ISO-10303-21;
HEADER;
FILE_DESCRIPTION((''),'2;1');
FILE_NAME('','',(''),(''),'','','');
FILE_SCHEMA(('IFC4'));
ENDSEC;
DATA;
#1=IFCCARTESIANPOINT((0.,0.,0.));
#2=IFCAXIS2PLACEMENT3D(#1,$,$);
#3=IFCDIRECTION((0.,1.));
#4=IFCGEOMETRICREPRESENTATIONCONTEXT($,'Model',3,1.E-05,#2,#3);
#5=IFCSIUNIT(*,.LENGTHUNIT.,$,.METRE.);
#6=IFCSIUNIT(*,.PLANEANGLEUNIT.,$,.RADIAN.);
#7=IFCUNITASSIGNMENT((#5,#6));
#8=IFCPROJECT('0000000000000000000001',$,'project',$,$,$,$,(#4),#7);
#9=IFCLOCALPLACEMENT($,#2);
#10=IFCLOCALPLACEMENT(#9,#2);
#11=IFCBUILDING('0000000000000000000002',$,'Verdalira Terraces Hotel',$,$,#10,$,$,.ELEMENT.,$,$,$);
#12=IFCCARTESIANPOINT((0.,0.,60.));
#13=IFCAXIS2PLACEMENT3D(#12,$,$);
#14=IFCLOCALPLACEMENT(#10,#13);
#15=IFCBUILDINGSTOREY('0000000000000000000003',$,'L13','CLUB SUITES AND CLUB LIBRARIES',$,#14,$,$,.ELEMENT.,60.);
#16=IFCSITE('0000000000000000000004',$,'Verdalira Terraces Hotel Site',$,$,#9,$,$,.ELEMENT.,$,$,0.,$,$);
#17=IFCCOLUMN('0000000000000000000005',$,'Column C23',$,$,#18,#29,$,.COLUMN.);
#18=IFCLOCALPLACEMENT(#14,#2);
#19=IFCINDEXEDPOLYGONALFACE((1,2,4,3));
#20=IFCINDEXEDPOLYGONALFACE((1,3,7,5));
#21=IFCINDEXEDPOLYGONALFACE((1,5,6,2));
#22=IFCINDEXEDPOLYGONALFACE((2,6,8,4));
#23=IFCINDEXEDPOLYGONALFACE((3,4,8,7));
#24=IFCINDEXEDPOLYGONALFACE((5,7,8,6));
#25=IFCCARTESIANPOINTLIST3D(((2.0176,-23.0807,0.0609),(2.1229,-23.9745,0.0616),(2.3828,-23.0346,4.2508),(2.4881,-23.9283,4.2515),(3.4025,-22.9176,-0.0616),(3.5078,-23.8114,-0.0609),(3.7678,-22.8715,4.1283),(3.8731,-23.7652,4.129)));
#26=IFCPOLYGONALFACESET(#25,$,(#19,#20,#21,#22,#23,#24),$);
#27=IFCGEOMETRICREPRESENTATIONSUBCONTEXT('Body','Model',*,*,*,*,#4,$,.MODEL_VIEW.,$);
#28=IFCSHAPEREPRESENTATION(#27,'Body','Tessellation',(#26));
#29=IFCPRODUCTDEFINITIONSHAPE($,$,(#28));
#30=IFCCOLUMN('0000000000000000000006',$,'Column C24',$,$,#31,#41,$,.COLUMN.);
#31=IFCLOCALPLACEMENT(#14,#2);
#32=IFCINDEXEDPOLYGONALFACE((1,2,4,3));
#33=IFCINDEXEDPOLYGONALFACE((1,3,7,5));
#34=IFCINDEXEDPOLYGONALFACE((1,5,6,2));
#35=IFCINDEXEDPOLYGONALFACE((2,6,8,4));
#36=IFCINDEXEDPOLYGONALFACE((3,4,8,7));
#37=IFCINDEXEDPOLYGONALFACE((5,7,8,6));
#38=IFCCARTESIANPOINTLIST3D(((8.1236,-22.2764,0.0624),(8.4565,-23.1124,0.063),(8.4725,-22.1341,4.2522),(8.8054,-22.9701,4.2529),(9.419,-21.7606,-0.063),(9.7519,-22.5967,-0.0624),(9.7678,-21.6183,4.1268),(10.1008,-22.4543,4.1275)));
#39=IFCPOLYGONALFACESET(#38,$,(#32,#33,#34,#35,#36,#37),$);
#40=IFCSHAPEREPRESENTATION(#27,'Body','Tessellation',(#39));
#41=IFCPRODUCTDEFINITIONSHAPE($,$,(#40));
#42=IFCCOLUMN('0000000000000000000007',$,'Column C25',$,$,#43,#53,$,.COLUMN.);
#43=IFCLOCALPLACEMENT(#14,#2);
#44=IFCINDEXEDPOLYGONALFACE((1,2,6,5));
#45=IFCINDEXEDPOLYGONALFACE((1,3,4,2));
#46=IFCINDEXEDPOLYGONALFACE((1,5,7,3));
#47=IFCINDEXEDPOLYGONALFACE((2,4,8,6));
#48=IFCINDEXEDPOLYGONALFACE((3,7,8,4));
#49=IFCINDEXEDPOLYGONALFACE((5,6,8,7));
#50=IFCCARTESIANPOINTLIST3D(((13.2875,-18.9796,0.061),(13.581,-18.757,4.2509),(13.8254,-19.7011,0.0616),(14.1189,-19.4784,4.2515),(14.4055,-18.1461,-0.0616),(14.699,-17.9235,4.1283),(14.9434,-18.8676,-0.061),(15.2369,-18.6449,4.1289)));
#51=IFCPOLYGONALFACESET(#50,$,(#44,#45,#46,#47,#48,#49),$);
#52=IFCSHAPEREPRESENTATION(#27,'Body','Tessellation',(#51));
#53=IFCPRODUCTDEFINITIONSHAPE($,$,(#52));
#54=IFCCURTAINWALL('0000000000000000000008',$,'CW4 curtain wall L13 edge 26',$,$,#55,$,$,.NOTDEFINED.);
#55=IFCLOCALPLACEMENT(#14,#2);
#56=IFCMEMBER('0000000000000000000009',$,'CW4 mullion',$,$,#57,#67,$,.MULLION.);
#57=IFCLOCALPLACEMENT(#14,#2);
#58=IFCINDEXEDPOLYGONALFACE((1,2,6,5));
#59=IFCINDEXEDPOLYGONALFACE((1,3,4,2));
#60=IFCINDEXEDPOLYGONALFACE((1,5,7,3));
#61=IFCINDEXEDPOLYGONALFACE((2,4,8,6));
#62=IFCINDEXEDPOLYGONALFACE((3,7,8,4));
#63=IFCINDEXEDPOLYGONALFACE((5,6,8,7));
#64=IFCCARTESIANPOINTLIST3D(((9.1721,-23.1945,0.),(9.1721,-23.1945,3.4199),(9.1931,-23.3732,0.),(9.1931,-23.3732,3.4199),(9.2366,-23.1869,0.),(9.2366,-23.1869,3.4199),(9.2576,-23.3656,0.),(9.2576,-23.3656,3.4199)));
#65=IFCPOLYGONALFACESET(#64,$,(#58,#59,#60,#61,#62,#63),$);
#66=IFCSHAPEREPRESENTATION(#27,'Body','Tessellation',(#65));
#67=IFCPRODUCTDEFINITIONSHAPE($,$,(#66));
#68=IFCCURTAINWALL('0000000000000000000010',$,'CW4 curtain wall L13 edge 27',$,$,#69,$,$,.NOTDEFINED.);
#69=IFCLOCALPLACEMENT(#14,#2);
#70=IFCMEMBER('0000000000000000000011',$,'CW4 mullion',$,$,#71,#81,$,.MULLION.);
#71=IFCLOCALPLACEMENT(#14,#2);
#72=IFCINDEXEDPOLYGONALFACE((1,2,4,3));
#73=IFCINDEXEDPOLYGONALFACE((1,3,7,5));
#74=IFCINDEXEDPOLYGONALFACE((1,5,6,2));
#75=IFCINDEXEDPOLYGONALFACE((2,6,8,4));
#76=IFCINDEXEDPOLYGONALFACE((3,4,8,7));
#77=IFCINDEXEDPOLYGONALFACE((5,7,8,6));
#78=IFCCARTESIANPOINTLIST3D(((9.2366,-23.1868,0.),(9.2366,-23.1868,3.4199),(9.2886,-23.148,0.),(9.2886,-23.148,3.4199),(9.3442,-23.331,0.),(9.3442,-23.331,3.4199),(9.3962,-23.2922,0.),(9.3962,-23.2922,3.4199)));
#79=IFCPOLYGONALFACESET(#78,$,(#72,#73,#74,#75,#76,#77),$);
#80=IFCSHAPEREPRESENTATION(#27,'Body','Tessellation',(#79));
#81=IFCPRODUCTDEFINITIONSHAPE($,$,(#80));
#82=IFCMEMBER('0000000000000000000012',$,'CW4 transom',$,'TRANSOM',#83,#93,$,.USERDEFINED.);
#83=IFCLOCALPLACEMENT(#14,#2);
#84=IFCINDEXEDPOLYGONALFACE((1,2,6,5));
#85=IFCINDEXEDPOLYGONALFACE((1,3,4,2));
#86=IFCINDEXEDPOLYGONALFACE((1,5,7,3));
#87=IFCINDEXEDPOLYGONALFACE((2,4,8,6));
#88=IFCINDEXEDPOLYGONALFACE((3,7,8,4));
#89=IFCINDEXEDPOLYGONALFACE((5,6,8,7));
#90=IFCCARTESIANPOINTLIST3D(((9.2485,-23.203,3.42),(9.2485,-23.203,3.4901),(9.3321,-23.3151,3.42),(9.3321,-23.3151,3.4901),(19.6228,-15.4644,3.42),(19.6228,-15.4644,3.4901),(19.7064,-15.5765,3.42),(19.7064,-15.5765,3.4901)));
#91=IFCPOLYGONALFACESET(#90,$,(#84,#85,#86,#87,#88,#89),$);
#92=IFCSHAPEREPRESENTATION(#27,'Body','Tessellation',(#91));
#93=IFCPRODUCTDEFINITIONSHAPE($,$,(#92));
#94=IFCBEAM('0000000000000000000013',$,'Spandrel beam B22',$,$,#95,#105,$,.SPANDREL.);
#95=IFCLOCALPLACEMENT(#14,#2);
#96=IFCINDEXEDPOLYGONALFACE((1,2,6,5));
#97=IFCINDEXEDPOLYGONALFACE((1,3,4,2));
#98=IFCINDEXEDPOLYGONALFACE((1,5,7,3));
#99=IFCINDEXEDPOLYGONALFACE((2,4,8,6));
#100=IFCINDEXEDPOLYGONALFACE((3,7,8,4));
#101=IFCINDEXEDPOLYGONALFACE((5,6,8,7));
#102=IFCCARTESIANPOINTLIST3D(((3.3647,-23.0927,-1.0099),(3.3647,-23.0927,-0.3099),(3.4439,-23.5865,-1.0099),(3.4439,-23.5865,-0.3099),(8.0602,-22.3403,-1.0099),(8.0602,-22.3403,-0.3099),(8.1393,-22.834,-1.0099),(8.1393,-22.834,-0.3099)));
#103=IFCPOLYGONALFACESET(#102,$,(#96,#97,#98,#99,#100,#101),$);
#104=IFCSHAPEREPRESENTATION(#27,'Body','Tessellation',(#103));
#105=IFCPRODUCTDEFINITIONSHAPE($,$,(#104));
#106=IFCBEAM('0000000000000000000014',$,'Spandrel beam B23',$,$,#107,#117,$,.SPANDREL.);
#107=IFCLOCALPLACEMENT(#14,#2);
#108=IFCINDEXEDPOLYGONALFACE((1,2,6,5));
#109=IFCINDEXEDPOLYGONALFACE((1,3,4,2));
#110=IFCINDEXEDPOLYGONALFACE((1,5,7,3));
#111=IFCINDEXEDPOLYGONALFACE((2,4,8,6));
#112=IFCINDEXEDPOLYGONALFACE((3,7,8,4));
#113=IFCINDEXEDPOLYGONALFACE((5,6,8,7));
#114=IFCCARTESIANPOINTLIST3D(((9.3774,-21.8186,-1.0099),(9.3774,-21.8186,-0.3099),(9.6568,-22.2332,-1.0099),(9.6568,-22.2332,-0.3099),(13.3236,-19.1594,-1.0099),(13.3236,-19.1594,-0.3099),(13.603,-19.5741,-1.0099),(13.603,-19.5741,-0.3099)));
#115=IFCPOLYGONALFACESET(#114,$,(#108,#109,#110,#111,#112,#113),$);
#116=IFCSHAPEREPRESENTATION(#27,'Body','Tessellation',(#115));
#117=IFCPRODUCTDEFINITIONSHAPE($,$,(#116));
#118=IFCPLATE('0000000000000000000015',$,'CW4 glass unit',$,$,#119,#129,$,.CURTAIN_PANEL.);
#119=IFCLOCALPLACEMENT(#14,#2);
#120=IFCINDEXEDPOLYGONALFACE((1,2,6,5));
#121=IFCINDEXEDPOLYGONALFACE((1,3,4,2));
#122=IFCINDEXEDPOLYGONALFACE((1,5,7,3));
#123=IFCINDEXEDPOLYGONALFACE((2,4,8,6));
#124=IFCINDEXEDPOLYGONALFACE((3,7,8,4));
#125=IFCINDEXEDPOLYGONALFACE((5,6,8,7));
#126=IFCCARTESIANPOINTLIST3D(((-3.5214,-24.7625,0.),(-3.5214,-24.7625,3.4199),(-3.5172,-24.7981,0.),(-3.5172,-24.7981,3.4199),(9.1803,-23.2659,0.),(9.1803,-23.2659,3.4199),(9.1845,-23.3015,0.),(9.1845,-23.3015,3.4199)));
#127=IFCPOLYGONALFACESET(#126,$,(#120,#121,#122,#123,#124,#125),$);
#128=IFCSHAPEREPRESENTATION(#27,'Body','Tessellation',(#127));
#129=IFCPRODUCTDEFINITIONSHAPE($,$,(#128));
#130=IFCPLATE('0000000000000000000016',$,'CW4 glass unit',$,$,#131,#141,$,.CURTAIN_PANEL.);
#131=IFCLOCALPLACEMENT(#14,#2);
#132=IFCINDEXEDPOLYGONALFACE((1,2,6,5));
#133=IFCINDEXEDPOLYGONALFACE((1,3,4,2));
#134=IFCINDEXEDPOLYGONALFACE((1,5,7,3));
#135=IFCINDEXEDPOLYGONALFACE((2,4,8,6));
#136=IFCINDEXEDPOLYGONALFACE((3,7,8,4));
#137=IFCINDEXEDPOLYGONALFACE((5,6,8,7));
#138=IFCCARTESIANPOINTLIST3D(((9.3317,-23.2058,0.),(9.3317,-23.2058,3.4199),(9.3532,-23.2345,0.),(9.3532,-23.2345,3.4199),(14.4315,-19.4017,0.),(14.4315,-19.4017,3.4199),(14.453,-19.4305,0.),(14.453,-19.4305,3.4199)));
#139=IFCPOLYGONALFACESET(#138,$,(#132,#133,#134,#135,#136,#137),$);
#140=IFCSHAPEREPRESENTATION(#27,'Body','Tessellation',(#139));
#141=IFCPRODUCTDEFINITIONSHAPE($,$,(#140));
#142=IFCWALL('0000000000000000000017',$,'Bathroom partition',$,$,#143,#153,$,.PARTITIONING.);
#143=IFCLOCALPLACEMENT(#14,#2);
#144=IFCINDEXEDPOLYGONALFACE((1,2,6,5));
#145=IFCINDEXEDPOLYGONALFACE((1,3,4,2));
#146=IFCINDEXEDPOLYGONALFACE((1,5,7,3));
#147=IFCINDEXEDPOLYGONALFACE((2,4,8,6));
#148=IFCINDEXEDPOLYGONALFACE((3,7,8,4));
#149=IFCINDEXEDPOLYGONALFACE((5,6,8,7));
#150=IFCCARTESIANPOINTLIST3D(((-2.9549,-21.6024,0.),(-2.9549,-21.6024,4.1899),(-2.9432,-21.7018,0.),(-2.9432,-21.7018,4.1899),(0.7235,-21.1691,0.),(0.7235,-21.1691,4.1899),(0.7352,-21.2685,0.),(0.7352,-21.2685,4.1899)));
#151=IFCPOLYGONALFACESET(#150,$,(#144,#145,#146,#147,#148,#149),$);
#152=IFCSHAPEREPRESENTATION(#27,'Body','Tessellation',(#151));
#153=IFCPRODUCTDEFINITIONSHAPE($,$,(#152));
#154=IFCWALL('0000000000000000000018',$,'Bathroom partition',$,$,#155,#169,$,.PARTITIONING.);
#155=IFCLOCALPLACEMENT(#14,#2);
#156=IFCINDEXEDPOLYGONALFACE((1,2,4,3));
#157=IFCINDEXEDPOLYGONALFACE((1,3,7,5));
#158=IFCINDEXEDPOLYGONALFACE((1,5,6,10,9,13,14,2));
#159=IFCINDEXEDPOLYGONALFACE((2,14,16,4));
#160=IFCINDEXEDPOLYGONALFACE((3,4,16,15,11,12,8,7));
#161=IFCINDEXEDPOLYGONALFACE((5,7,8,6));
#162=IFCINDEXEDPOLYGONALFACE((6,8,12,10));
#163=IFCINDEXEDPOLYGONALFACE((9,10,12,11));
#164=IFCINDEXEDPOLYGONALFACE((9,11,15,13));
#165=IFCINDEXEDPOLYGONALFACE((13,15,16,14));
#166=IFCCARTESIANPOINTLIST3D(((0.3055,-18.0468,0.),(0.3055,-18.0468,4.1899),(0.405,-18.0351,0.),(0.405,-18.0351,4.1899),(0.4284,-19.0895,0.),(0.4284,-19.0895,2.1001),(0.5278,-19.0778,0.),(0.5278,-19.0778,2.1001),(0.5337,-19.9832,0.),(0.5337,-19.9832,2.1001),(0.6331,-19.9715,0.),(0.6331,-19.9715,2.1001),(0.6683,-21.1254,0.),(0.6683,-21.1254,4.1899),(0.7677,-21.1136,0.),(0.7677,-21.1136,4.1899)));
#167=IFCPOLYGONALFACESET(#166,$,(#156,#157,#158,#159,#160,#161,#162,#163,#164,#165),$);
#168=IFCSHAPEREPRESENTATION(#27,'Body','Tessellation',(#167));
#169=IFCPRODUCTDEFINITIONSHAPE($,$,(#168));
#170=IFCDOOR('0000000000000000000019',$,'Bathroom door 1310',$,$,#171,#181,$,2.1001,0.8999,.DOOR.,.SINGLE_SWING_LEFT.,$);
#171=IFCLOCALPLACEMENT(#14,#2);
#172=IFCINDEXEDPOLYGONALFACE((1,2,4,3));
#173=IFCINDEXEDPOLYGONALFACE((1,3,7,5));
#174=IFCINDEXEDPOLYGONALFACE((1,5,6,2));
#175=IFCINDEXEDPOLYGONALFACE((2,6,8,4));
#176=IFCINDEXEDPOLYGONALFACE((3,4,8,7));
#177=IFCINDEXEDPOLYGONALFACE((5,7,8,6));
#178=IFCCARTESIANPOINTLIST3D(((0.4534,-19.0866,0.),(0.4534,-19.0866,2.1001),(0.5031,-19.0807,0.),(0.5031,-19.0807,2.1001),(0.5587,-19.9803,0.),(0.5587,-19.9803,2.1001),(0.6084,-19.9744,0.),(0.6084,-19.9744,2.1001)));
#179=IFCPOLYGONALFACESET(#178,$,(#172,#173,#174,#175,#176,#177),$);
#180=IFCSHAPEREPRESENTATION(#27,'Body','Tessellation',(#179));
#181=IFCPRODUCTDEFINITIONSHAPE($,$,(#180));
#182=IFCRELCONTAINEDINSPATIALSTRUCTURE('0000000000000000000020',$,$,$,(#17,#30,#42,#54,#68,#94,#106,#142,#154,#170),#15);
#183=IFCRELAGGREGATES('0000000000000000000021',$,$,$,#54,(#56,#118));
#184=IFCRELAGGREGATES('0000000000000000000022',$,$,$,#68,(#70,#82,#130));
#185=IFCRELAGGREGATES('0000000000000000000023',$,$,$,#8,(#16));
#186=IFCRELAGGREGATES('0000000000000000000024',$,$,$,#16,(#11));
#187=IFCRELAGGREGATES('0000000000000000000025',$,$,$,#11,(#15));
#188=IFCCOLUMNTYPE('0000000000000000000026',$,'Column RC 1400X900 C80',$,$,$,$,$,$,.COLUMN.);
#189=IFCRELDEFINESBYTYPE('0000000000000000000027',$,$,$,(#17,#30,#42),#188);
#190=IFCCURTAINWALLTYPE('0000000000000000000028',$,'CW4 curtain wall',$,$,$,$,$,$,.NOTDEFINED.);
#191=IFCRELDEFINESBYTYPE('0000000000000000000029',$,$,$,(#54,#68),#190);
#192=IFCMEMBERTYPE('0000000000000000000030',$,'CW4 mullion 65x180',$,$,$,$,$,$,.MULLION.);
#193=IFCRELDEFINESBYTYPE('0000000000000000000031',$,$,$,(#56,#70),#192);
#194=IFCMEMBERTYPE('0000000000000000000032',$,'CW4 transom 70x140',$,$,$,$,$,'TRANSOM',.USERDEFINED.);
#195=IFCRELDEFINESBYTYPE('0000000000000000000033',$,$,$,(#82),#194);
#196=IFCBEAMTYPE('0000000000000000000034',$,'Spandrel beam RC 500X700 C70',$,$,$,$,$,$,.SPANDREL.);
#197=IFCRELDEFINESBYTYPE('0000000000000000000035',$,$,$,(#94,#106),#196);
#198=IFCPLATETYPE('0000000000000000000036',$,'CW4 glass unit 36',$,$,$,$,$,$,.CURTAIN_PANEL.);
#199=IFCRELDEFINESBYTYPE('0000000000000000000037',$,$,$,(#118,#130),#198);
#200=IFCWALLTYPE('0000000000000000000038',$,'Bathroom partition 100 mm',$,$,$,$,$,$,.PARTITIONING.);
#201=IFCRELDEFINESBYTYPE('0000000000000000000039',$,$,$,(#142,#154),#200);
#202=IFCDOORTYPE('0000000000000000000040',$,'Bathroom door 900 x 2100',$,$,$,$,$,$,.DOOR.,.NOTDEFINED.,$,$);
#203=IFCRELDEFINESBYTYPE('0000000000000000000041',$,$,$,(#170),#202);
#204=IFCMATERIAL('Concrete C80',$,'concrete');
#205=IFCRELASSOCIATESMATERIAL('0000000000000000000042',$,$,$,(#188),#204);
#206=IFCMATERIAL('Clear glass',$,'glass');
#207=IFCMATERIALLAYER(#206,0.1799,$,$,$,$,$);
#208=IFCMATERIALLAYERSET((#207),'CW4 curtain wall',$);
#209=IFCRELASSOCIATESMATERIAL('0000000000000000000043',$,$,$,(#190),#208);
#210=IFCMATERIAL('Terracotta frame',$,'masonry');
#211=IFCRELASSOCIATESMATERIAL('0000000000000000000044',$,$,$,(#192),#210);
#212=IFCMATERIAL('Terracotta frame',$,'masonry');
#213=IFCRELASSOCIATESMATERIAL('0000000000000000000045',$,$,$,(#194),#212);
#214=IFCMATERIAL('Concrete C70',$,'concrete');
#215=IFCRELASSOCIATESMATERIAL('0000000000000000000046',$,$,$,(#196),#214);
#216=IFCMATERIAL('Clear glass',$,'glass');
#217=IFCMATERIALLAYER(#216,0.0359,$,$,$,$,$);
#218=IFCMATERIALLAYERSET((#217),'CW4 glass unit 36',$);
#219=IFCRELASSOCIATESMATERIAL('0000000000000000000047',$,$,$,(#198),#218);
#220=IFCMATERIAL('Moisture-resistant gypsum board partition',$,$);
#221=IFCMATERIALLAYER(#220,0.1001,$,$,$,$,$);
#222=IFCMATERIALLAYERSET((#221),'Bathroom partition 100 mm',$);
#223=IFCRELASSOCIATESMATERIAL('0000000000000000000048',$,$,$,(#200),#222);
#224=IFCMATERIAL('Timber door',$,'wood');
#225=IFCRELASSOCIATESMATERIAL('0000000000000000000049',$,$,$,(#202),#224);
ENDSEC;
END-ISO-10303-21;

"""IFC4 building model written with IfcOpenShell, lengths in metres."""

from ifc_helpers import new_model, si_unit, direction, frame, frame_2d, origin, origin_2d, place, context, subcontext, project, spatial, rectangle, extrude, material, layer, layer_set, material_profile, profile_set, type_object, element, fill, aggregate, save


model = new_model("IFC4")

# Units and contexts
model_context = context("Model", 3, precision=1e-05, world=origin(), true_north=direction((0.0, 1.0)))
body_context = subcontext(model_context, "Body", "Model", "MODEL_VIEW")
ifc_project = project(units=[si_unit("LENGTHUNIT", "METRE"), si_unit("PLANEANGLEUNIT", "RADIAN")], contexts=[model_context])

# Site, building, storey
site_placement = place(None, origin())
site = spatial("IfcSite", under=ifc_project, at=site_placement, Name="Verdalira Terraces Hotel Site", CompositionType="ELEMENT", RefElevation=0.0)
building_placement = place(site_placement, origin())
building = spatial("IfcBuilding", under=site, at=building_placement, Name="Verdalira Terraces Hotel", CompositionType="ELEMENT")
storey_placement = place(building_placement, frame((0.0, 0.0, 60.0)))
storey = spatial("IfcBuildingStorey", under=building, at=storey_placement, Name="L13", Description="CLUB SUITES AND CLUB LIBRARIES", CompositionType="ELEMENT", Elevation=60.0)

# Columns
ifc_material_1 = material(Name="Concrete C80", Category="concrete")
ifc_material_profile_1 = material_profile(ifc_material_1, rectangle(XDim=1.3999, YDim=0.8999, at=origin_2d()), Name="RC 1400X900")
ifc_profile_set_1 = profile_set([ifc_material_profile_1], Name="Concrete C80")
column_type = type_object("IfcColumnType", Name="Column RC 1400X900 C80", PredefinedType="COLUMN", material=ifc_profile_set_1)
column_1_placement = place(storey_placement, frame((2.7627, -23.446, 0.0), z_axis=(0.086835, 0.01097, 0.996162), x_axis=(0.989326, 0.116511, -0.087522)))
element("IfcColumn", 1, at=column_1_placement, inside=storey, type_object=column_type, Name="Column C23", PredefinedType="COLUMN", context=body_context, shape_type="SweptSolid", body=[
    extrude(rectangle(XDim=1.3999, YDim=0.8999, at=origin_2d()), origin(), (0.0, 0.0, 1.0), 4.2061),
])
column_2_placement = place(storey_placement, frame((8.9377, -22.4365, 0.0), z_axis=(0.082931, 0.033834, 0.995981), x_axis=(-0.925331, -0.368431, 0.089564)))
element("IfcColumn", 2, at=column_2_placement, inside=storey, type_object=column_type, Name="Column C24", PredefinedType="COLUMN", context=body_context, shape_type="SweptSolid", body=[
    extrude(rectangle(XDim=1.3999, YDim=0.8999, at=origin_2d()), origin(), (0.0, 0.0, 1.0), 4.2068),
])
column_3_placement = place(storey_placement, frame((14.1155, -18.9236, 0.0), z_axis=(0.069769, 0.052936, 0.996158), x_axis=(0.798642, 0.5954, -0.087576)))
element("IfcColumn", 3, at=column_3_placement, inside=storey, type_object=column_type, Name="Column C25", PredefinedType="COLUMN", context=body_context, shape_type="SweptSolid", body=[
    extrude(rectangle(XDim=1.3999, YDim=0.8999, at=origin_2d()), origin(), (0.0, 0.0, 1.0), 4.2061),
])

# Curtain wall, member
ifc_material_2 = material(Name="Clear glass", Category="glass")
ifc_layer_1 = layer(ifc_material_2, 0.1799)
ifc_layer_set_1 = layer_set([ifc_layer_1], Name="CW4 curtain wall")
curtain_wall_type = type_object("IfcCurtainWallType", Name="CW4 curtain wall", PredefinedType="NOTDEFINED", material=ifc_layer_set_1)
curtain_wall_1_placement = place(storey_placement, origin())
curtain_wall_1 = element("IfcCurtainWall", 4, at=curtain_wall_1_placement, inside=storey, type_object=curtain_wall_type, Name="CW4 curtain wall L13 edge 26", PredefinedType="NOTDEFINED")
ifc_material_3 = material(Name="Terracotta frame", Category="masonry")
ifc_material_profile_2 = material_profile(ifc_material_3, rectangle(XDim=0.0649, YDim=0.1799, at=origin_2d()), Name="MU 65x180")
ifc_profile_set_2 = profile_set([ifc_material_profile_2], Name="Terracotta frame")
member_type_1 = type_object("IfcMemberType", Name="CW4 mullion 65x180", PredefinedType="MULLION", material=ifc_profile_set_2)
member_1_placement = place(storey_placement, frame((9.2148, -23.28, 0.0), z_axis=(0.0, 0.0, 1.0), x_axis=(0.99313, 0.117017, 0.0)))
member_1 = element("IfcMember", 5, at=member_1_placement, type_object=member_type_1, Name="CW4 mullion", PredefinedType="MULLION", context=body_context, shape_type="SweptSolid", body=[
    extrude(rectangle(XDim=0.0649, YDim=0.1799, at=origin_2d()), origin(), (0.0, 0.0, 1.0), 3.4199),
])

# Curtain wall, members
curtain_wall_2_placement = place(storey_placement, origin())
curtain_wall_2 = element("IfcCurtainWall", 6, at=curtain_wall_2_placement, inside=storey, type_object=curtain_wall_type, Name="CW4 curtain wall L13 edge 27", PredefinedType="NOTDEFINED")
member_2_placement = place(storey_placement, frame((9.3164, -23.2395, 0.0), z_axis=(0.0, 0.0, 1.0), x_axis=(0.801567, 0.597905, 0.0)))
member_2 = element("IfcMember", 7, at=member_2_placement, type_object=member_type_1, Name="CW4 mullion", PredefinedType="MULLION", context=body_context, shape_type="SweptSolid", body=[
    extrude(rectangle(XDim=0.0649, YDim=0.1799, at=origin_2d()), origin(), (0.0, 0.0, 1.0), 3.4199),
])
ifc_material_4 = material(Name="Terracotta frame", Category="masonry")
ifc_material_profile_3 = material_profile(ifc_material_4, rectangle(XDim=0.1399, YDim=0.0701, at=origin_2d()), Name="TR 70x140")
ifc_profile_set_3 = profile_set([ifc_material_profile_3], Name="Terracotta frame")
member_type_2 = type_object("IfcMemberType", Name="CW4 transom 70x140", ElementType="TRANSOM", PredefinedType="USERDEFINED", material=ifc_profile_set_3)
member_3_placement = place(storey_placement, frame((9.2903, -23.259, 3.4551), z_axis=(0.801561, 0.597912, 0.0), x_axis=(-0.597912, 0.801561, 0.0)))
member_3 = element("IfcMember", 8, at=member_3_placement, type_object=member_type_2, Name="CW4 transom", ObjectType="TRANSOM", PredefinedType="USERDEFINED", context=body_context, shape_type="SweptSolid", body=[
    extrude(rectangle(XDim=0.1399, YDim=0.0701, at=origin_2d()), origin(), (0.0, 0.0, 1.0), 12.9426),
])

# Beams
ifc_material_5 = material(Name="Concrete C70", Category="concrete")
ifc_material_profile_4 = material_profile(ifc_material_5, rectangle(XDim=0.5, YDim=0.7, at=origin_2d()), Name="RC 500X700")
ifc_profile_set_4 = profile_set([ifc_material_profile_4], Name="Concrete C70")
beam_type = type_object("IfcBeamType", Name="Spandrel beam RC 500X700 C70", PredefinedType="SPANDREL", material=ifc_profile_set_4)
beam_1_placement = place(storey_placement, frame((3.4043, -23.3396, -0.6599), z_axis=(0.987403, 0.158227, 0.0), x_axis=(-0.158227, 0.987403, 0.0)))
element("IfcBeam", 9, at=beam_1_placement, inside=storey, type_object=beam_type, Name="Spandrel beam B22", PredefinedType="SPANDREL", context=body_context, shape_type="SweptSolid", body=[
    extrude(rectangle(XDim=0.5, YDim=0.7, at=origin_2d()), origin(), (0.0, 0.0, 1.0), 4.7554),
])
beam_2_placement = place(storey_placement, frame((9.5171, -22.0259, -0.6599), z_axis=(0.829293, 0.558814, 0.0), x_axis=(-0.558814, 0.829293, 0.0)))
element("IfcBeam", 10, at=beam_2_placement, inside=storey, type_object=beam_type, Name="Spandrel beam B23", PredefinedType="SPANDREL", context=body_context, shape_type="SweptSolid", body=[
    extrude(rectangle(XDim=0.5, YDim=0.7, at=origin_2d()), origin(), (0.0, 0.0, 1.0), 4.7585),
])

# Plates
ifc_material_6 = material(Name="Clear glass", Category="glass")
ifc_layer_2 = layer(ifc_material_6, 0.0359)
ifc_layer_set_2 = layer_set([ifc_layer_2], Name="CW4 glass unit 36")
plate_type = type_object("IfcPlateType", Name="CW4 glass unit 36", PredefinedType="CURTAIN_PANEL", material=ifc_layer_set_2)
plate_1_placement = place(storey_placement, frame((2.8315, -24.032, 0.0), z_axis=(0.0, 0.0, 1.0), x_axis=(0.99313, 0.117017, 0.0)))
plate_1 = element("IfcPlate", 11, at=plate_1_placement, type_object=plate_type, Name="CW4 glass unit", PredefinedType="CURTAIN_PANEL", context=body_context, shape_type="SweptSolid", body=[
    extrude(rectangle(XDim=12.7896, YDim=0.0359, at=origin_2d()), origin(), (0.0, 0.0, 1.0), 3.4199),
])
aggregate(curtain_wall_1, [member_1, plate_1])
plate_2_placement = place(storey_placement, frame((11.8923, -21.3181, 0.0), z_axis=(0.0, 0.0, 1.0), x_axis=(0.801567, 0.597905, 0.0)))
plate_2 = element("IfcPlate", 12, at=plate_2_placement, type_object=plate_type, Name="CW4 glass unit", PredefinedType="CURTAIN_PANEL", context=body_context, shape_type="SweptSolid", body=[
    extrude(rectangle(XDim=6.3623, YDim=0.0359, at=origin_2d()), origin(), (0.0, 0.0, 1.0), 3.4199),
])
aggregate(curtain_wall_2, [member_2, member_3, plate_2])

# Wall
ifc_material_7 = material(Name="Moisture-resistant gypsum board partition")
ifc_layer_3 = layer(ifc_material_7, 0.1001)
ifc_layer_set_3 = layer_set([ifc_layer_3], Name="Bathroom partition 100 mm")
wall_type_1 = type_object("IfcWallType", Name="Bathroom partition 100 mm", PredefinedType="PARTITIONING", material=ifc_layer_set_3)
wall_1_placement = place(storey_placement, frame((0.7295, -21.2188, 0.0), z_axis=(0.0, 0.0, 1.0), x_axis=(-0.993132, -0.116998, 0.0)))
element("IfcWall", 13, at=wall_1_placement, inside=storey, type_object=wall_type_1, Name="Bathroom partition", PredefinedType="PARTITIONING", context=body_context, shape_type="SweptSolid", body=[
    extrude(rectangle(XDim=3.7039, YDim=0.1001, at=frame_2d((1.8521, 0.0))), origin(), (0.0, 0.0, 1.0), 4.1899),
])

# Wall, opening, door
wall_2_placement = place(storey_placement, frame((0.718, -21.1194, 0.0), z_axis=(0.0, 0.0, 1.0), x_axis=(-0.117033, 0.993128, 0.0)))
wall_2 = element("IfcWall", 14, at=wall_2_placement, inside=storey, type_object=wall_type_1, Name="Bathroom partition", PredefinedType="PARTITIONING", context=body_context, shape_type="SweptSolid", body=[
    extrude(rectangle(XDim=3.0999, YDim=0.1001, at=frame_2d((1.5498, 0.0))), origin(), (0.0, 0.0, 1.0), 4.1899),
])
opening_1_placement = place(wall_2_placement, frame((1.1499, 0.0, 0.0)))
opening_1 = element("IfcOpeningElement", 15, at=opening_1_placement, cuts=wall_2, PredefinedType="OPENING", context=body_context, shape_type="SweptSolid", body=[
    extrude(rectangle(XDim=0.8999, YDim=2.1001, at=frame_2d((0.45, 1.05))), frame((0.0, 0.0601, 0.0), z_axis=(0.0, -1.0, 0.0), x_axis=(1.0, 0.0, 0.0)), (0.0, 0.0, 1.0), 0.1201),
])
ifc_material_8 = material(Name="Timber door", Category="wood")
door_type_1 = type_object("IfcDoorType", Name="Bathroom door 900 x 2100", OperationType="NOTDEFINED", PredefinedType="DOOR", material=ifc_material_8)
door_1_placement = place(opening_1_placement, origin())
door_1 = element("IfcDoor", 16, at=door_1_placement, inside=storey, type_object=door_type_1, Name="Bathroom door 1310", OperationType="SINGLE_SWING_LEFT", OverallHeight=2.1001, OverallWidth=0.8999, PredefinedType="DOOR", context=body_context, shape_type="SweptSolid", body=[
    extrude(rectangle(XDim=0.8999, YDim=2.1001, at=frame_2d((0.45, 1.05))), frame((0.0, 0.0249, 0.0), z_axis=(0.0, -1.0, 0.0), x_axis=(1.0, 0.0, 0.0)), (0.0, 0.0, 1.0), 0.05),
])
fill(opening_1, door_1)

save(model, "model.ifc")
